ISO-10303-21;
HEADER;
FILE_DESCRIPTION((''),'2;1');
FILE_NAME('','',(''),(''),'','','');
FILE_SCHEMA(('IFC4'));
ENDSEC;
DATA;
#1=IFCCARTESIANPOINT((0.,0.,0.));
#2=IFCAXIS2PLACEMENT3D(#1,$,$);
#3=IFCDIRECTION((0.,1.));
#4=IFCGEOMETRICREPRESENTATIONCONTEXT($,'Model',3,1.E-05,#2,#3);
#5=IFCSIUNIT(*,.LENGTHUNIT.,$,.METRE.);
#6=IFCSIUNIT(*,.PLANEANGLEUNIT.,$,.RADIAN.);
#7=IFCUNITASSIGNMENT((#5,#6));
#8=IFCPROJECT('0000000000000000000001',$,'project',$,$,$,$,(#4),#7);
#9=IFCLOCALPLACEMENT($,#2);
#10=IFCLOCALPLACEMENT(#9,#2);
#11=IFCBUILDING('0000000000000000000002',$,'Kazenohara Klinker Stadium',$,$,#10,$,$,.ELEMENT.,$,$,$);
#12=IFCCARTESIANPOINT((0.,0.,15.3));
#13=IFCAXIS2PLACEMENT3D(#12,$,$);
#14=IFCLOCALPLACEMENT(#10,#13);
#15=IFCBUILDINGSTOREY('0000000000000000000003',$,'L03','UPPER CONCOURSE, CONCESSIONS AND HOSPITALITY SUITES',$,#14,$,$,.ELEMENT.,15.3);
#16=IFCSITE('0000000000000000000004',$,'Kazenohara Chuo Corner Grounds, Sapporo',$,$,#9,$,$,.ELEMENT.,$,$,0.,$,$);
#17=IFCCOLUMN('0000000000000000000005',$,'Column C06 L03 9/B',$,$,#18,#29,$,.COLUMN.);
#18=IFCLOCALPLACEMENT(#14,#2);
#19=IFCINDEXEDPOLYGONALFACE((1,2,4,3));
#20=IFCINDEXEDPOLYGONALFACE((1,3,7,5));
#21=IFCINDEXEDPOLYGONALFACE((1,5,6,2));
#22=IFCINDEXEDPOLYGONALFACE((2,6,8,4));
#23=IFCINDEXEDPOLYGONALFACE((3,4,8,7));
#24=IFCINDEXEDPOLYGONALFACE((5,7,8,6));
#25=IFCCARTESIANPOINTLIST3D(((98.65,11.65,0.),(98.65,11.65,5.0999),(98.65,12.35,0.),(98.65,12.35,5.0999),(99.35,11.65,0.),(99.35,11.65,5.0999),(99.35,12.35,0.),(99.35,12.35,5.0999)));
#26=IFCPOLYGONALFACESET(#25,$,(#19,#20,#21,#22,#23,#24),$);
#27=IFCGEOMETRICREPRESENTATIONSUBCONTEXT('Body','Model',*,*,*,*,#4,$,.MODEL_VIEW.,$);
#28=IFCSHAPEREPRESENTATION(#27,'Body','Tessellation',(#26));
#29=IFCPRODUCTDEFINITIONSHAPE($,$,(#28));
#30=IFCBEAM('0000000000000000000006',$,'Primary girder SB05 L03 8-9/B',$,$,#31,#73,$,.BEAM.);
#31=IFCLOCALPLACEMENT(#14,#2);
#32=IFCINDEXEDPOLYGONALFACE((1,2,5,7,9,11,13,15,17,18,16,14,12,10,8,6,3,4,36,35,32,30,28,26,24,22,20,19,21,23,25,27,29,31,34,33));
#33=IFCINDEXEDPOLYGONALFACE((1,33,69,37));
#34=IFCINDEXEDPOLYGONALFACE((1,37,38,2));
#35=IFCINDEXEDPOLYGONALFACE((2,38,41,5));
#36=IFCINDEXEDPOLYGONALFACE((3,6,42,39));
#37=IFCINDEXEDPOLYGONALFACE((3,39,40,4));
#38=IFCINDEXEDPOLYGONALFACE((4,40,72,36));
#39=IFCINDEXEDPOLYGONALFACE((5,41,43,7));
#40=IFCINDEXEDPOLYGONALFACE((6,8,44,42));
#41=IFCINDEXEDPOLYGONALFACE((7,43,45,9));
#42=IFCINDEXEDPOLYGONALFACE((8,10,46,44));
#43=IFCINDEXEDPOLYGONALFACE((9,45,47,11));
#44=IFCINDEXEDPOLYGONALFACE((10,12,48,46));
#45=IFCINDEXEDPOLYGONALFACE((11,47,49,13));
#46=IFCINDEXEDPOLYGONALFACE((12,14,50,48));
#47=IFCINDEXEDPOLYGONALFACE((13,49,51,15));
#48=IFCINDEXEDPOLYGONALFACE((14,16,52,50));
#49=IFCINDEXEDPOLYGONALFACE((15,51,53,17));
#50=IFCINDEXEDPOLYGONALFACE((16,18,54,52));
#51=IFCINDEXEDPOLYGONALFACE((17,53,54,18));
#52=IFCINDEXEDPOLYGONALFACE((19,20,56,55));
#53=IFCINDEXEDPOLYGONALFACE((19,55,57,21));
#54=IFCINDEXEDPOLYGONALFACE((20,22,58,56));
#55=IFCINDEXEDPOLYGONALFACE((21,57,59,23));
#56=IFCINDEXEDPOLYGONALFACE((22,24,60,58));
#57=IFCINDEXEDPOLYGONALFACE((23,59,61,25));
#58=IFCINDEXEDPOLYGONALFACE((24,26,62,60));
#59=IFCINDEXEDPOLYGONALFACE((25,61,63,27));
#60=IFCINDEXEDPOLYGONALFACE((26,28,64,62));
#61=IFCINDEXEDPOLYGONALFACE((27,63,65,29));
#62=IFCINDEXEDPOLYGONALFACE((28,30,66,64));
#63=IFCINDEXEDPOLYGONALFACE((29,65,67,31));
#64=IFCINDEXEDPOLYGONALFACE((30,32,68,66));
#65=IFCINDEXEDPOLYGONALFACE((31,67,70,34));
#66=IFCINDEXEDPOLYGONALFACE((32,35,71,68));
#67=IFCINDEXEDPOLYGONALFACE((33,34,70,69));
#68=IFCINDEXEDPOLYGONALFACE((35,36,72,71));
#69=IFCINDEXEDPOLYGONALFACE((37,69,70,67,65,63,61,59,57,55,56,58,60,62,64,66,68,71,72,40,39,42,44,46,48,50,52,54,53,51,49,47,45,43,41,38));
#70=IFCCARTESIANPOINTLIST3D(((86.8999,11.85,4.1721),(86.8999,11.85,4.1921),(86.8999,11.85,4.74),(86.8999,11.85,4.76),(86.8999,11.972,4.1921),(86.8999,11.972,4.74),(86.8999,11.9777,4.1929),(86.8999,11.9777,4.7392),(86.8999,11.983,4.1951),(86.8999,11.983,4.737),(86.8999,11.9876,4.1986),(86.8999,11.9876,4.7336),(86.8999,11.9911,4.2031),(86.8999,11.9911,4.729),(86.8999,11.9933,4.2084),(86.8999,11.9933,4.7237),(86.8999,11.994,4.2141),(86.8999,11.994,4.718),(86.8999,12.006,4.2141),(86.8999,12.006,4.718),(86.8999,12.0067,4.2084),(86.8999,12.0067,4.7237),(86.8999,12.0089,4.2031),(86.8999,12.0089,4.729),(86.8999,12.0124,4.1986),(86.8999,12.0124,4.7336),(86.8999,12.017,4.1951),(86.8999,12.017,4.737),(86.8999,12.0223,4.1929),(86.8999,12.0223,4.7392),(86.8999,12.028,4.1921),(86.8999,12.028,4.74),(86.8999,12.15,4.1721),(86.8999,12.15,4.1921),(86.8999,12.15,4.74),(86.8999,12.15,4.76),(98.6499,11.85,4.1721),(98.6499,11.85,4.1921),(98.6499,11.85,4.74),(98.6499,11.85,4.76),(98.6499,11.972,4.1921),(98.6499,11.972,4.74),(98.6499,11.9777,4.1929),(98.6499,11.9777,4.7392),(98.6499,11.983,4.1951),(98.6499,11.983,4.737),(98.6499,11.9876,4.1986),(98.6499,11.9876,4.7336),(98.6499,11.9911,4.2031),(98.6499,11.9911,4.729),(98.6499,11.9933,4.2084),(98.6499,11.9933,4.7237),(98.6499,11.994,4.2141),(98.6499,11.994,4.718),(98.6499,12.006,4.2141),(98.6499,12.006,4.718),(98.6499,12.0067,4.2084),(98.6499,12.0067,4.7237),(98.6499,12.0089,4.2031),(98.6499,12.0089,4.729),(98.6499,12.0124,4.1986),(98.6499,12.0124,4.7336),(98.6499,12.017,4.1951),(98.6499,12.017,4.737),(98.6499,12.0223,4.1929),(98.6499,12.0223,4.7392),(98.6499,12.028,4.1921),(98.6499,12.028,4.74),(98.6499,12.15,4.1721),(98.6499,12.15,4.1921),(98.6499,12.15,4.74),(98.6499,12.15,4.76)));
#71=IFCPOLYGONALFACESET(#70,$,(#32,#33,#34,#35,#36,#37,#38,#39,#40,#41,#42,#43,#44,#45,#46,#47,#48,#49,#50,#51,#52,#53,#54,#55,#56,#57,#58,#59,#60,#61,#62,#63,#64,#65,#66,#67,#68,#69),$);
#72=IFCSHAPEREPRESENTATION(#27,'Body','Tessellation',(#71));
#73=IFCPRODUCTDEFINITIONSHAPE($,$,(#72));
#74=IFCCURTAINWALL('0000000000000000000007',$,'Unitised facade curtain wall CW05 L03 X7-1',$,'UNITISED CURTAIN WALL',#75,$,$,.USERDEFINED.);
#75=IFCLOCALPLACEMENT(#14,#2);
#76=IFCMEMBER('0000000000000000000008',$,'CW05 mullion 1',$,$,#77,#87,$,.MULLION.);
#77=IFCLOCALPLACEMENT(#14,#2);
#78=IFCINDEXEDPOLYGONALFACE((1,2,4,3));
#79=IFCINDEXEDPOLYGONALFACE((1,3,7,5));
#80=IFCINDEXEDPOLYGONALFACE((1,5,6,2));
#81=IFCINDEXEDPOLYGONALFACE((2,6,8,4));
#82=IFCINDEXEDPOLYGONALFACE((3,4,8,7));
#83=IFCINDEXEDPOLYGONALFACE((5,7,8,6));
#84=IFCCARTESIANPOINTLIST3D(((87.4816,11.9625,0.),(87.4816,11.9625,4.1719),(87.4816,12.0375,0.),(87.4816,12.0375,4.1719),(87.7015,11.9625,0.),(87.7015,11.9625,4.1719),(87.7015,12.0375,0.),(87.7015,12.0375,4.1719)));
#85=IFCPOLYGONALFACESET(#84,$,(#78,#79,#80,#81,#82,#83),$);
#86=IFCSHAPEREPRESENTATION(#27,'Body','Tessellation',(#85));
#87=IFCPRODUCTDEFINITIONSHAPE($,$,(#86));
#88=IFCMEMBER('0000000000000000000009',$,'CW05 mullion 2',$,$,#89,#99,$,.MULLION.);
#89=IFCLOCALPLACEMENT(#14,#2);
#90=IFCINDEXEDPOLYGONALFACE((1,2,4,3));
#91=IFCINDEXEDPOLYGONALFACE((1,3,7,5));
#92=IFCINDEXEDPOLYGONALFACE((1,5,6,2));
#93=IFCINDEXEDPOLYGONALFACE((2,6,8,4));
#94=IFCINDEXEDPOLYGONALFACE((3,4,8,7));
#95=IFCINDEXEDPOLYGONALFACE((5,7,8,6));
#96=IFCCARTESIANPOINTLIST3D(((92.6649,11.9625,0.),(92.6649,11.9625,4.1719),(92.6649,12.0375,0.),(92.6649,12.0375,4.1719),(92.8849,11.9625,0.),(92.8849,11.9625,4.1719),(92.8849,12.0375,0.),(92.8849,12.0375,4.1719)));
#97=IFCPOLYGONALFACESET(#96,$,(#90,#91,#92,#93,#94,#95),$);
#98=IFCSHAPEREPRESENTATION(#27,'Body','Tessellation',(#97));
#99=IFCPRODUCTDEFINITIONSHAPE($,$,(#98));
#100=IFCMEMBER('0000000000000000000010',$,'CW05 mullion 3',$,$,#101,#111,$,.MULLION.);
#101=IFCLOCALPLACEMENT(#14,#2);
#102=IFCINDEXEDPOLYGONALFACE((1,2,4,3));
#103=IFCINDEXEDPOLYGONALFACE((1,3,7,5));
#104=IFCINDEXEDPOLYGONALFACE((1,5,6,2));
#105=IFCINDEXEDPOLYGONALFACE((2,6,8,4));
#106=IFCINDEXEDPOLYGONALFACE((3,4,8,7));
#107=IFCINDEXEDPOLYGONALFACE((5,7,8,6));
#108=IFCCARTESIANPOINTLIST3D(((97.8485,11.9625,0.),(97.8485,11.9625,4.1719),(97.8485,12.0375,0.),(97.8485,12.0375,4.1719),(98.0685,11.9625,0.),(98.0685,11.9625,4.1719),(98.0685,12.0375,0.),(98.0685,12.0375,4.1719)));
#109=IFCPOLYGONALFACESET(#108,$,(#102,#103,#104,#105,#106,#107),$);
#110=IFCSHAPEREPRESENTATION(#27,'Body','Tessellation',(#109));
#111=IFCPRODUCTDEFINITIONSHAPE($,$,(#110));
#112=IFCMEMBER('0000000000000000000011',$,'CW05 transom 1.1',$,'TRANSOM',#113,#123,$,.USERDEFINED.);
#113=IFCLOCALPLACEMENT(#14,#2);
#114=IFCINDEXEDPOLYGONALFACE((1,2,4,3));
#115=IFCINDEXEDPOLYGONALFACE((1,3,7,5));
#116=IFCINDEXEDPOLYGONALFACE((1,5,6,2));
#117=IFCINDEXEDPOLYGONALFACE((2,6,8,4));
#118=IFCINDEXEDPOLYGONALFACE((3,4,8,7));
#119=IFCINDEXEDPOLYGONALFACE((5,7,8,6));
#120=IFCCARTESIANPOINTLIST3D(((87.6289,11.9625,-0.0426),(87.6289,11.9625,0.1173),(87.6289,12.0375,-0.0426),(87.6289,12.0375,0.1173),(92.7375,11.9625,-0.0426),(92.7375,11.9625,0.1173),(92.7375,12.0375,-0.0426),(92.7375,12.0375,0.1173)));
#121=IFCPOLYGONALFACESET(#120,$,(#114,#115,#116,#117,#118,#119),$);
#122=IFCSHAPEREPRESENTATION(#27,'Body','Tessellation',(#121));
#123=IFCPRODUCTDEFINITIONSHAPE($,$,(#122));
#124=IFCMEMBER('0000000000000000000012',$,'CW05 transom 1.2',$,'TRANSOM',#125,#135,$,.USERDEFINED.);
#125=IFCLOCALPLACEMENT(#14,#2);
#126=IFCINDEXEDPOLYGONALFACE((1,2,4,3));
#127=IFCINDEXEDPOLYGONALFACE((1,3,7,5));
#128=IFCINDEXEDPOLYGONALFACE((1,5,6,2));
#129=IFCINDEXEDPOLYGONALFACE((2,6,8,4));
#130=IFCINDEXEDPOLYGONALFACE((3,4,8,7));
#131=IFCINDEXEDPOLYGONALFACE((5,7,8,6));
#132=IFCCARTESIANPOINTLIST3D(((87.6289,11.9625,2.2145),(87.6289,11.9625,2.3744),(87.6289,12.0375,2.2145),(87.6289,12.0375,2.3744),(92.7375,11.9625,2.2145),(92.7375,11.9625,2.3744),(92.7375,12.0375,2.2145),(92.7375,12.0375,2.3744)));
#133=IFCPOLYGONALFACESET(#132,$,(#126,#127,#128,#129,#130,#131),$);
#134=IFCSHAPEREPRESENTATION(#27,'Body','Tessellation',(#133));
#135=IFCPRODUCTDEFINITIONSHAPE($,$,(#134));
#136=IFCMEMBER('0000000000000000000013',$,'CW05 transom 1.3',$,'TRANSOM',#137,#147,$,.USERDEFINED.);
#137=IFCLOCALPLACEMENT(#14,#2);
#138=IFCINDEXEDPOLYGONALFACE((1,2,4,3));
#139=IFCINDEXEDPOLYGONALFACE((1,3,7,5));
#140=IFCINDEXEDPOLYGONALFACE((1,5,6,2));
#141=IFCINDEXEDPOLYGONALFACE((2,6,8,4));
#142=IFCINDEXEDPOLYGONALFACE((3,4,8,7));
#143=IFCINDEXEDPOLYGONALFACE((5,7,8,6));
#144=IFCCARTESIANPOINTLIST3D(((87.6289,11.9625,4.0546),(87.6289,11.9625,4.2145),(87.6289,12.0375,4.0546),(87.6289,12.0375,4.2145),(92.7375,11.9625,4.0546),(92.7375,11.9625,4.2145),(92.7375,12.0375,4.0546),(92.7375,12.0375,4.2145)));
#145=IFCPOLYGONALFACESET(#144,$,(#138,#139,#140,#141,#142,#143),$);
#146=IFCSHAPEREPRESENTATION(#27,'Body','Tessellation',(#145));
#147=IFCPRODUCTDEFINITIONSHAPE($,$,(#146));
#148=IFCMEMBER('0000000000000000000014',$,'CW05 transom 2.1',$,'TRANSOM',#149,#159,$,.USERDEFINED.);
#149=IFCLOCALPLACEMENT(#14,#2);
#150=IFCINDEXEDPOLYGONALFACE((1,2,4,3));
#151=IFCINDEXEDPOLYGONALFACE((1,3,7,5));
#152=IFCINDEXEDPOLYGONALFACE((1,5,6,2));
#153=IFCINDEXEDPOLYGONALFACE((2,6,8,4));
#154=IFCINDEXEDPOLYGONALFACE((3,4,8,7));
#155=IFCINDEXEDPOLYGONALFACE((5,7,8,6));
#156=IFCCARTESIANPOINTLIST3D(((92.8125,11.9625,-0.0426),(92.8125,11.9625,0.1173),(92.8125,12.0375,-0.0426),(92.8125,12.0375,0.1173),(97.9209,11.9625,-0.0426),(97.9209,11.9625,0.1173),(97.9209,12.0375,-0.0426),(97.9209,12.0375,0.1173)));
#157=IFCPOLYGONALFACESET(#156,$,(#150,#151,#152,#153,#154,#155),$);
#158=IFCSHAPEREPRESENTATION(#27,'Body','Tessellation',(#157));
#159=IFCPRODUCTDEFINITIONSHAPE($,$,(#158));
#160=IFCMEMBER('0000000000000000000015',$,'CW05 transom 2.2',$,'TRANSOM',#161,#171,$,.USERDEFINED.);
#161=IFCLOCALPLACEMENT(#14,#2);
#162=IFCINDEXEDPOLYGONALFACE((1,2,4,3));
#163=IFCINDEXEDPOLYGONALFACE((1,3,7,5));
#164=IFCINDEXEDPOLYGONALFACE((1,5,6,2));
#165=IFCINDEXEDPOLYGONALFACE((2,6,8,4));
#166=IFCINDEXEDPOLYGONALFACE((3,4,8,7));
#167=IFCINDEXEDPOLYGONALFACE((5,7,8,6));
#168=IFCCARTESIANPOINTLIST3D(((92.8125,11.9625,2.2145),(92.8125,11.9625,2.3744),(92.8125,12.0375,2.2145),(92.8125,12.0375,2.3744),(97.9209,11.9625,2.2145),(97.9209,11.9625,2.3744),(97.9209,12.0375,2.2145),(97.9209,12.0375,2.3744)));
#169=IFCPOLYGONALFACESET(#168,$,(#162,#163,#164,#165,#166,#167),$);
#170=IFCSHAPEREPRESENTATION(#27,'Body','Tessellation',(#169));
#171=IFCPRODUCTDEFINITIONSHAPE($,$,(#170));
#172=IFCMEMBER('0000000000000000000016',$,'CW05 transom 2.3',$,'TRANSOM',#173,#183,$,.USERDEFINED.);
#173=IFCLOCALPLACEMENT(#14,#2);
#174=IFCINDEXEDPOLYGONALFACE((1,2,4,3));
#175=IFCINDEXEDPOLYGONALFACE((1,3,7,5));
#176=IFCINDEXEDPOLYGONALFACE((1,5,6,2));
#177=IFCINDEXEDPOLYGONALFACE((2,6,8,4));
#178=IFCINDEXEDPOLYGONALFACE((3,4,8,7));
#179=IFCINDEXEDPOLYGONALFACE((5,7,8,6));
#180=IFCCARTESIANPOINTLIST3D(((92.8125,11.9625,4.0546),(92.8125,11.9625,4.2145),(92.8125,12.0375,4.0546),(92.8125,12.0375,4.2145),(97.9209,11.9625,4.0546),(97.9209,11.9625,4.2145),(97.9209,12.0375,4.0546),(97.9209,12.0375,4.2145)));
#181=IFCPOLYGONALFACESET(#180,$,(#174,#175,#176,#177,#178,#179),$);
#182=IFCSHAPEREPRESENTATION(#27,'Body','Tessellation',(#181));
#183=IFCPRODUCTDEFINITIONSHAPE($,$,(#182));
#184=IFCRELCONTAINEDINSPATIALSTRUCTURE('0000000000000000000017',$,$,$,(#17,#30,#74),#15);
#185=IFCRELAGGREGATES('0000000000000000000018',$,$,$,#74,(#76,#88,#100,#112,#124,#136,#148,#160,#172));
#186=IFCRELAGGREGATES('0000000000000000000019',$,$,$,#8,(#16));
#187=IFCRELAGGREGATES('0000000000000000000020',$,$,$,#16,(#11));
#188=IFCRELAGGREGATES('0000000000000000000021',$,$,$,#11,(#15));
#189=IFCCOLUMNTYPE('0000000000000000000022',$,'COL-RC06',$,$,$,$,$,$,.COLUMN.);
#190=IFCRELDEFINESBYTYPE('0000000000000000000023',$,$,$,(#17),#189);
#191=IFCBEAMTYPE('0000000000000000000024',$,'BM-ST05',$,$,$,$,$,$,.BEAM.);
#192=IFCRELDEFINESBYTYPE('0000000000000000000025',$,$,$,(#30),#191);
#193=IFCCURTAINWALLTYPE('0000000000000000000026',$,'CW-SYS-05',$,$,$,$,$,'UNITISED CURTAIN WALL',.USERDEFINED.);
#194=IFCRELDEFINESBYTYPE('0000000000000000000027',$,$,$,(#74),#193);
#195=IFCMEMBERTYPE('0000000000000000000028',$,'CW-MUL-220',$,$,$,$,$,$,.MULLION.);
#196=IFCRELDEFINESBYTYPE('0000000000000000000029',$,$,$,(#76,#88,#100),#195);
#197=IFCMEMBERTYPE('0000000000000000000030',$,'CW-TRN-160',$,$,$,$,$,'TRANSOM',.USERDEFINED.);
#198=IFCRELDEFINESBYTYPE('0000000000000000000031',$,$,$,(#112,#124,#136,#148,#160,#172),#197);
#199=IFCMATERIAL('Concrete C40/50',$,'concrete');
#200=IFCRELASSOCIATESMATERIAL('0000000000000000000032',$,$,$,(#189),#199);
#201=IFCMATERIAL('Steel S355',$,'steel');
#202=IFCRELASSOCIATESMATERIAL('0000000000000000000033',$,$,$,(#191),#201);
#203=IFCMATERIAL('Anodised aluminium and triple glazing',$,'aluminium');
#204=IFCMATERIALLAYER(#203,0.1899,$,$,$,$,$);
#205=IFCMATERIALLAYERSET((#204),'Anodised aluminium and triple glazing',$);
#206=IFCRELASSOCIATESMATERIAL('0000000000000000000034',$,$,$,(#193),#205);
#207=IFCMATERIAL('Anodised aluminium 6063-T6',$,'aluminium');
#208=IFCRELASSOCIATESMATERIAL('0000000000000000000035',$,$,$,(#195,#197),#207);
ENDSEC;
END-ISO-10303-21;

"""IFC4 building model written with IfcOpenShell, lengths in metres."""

from ifc_helpers import new_model, si_unit, direction, frame, origin, origin_2d, place, context, subcontext, project, spatial, rectangle, i_section, extrude, material, layer, layer_set, material_profile, profile_set, type_object, element, aggregate, save


model = new_model("IFC4")

# Units and contexts
model_context = context("Model", 3, precision=1e-05, world=origin(), true_north=direction((0.0, 1.0)))
body_context = subcontext(model_context, "Body", "Model", "MODEL_VIEW")
ifc_project = project(units=[si_unit("LENGTHUNIT", "METRE"), si_unit("PLANEANGLEUNIT", "RADIAN")], contexts=[model_context])

# Site, building, storey
site_placement = place(None, origin())
site = spatial("IfcSite", under=ifc_project, at=site_placement, Name="Kazenohara Chuo Corner Grounds, Sapporo", CompositionType="ELEMENT", RefElevation=0.0)
building_placement = place(site_placement, origin())
building = spatial("IfcBuilding", under=site, at=building_placement, Name="Kazenohara Klinker Stadium", CompositionType="ELEMENT")
storey_placement = place(building_placement, frame((0.0, 0.0, 15.3)))
storey = spatial("IfcBuildingStorey", under=building, at=storey_placement, Name="L03", Description="UPPER CONCOURSE, CONCESSIONS AND HOSPITALITY SUITES", CompositionType="ELEMENT", Elevation=15.3)

# Column
ifc_material_1 = material(Name="Concrete C40/50", Category="concrete")
ifc_material_profile_1 = material_profile(ifc_material_1, rectangle(XDim=0.7, YDim=0.7, at=origin_2d()), Name="RC-COL-700x700")
ifc_profile_set_1 = profile_set([ifc_material_profile_1], Name="Concrete C40/50")
column_type = type_object("IfcColumnType", Name="COL-RC06", PredefinedType="COLUMN", material=ifc_profile_set_1)
column_placement = place(storey_placement, frame((99.0, 12.0, 0.0), z_axis=(0.0, 0.0, 1.0), x_axis=(1.0, 0.0, 0.0)))
element("IfcColumn", 1, at=column_placement, inside=storey, type_object=column_type, Name="Column C06 L03 9/B", PredefinedType="COLUMN", context=body_context, shape_type="SweptSolid", body=[
    extrude(rectangle(XDim=0.7, YDim=0.7, at=origin_2d()), origin(), (0.0, 0.0, 1.0), 5.0999),
])

# Beam
ifc_material_2 = material(Name="Steel S355", Category="steel")
ifc_material_profile_2 = material_profile(ifc_material_2, i_section(OverallWidth=0.3, OverallDepth=0.5879, WebThickness=0.012, FlangeThickness=0.02, FilletRadius=0.022, at=origin_2d()), Name="H-588x300x12x20")
ifc_profile_set_2 = profile_set([ifc_material_profile_2], Name="Steel S355")
beam_type = type_object("IfcBeamType", Name="BM-ST05", PredefinedType="BEAM", material=ifc_profile_set_2)
beam_placement = place(storey_placement, frame((86.8999, 12.0, 4.4661), z_axis=(1.0, 0.0, 0.0), x_axis=(0.0, 1.0, 0.0)))
element("IfcBeam", 2, at=beam_placement, inside=storey, type_object=beam_type, Name="Primary girder SB05 L03 8-9/B", PredefinedType="BEAM", context=body_context, shape_type="SweptSolid", body=[
    extrude(i_section(OverallWidth=0.3, OverallDepth=0.5879, WebThickness=0.012, FlangeThickness=0.02, FilletRadius=0.022, at=origin_2d()), origin(), (0.0, 0.0, 1.0), 11.75),
])

# Curtain wall, members
ifc_material_3 = material(Name="Anodised aluminium and triple glazing", Category="aluminium")
ifc_layer_1 = layer(ifc_material_3, 0.1899)
ifc_layer_set_1 = layer_set([ifc_layer_1], Name="Anodised aluminium and triple glazing")
curtain_wall_type = type_object("IfcCurtainWallType", Name="CW-SYS-05", ElementType="UNITISED CURTAIN WALL", PredefinedType="USERDEFINED", material=ifc_layer_set_1)
curtain_wall_placement = place(storey_placement, origin())
curtain_wall = element("IfcCurtainWall", 3, at=curtain_wall_placement, inside=storey, type_object=curtain_wall_type, Name="Unitised facade curtain wall CW05 L03 X7-1", ObjectType="UNITISED CURTAIN WALL", PredefinedType="USERDEFINED")
ifc_material_4 = material(Name="Anodised aluminium 6063-T6", Category="aluminium")
ifc_material_profile_3 = material_profile(ifc_material_4, rectangle(XDim=0.075, YDim=0.22, at=origin_2d()), Name="ALU-MUL-75x220")
ifc_profile_set_3 = profile_set([ifc_material_profile_3], Name="Anodised aluminium 6063-T6")
member_type_1 = type_object("IfcMemberType", Name="CW-MUL-220", PredefinedType="MULLION", material=ifc_profile_set_3)
member_1_placement = place(storey_placement, frame((87.5916, 12.0, 0.0), z_axis=(0.0, 0.0, 1.0), x_axis=(0.0, 1.0, 0.0)))
member_1 = element("IfcMember", 4, at=member_1_placement, type_object=member_type_1, Name="CW05 mullion 1", PredefinedType="MULLION", context=body_context, shape_type="SweptSolid", body=[
    extrude(rectangle(XDim=0.075, YDim=0.22, at=origin_2d()), origin(), (0.0, 0.0, 1.0), 4.1719),
])
member_2_placement = place(storey_placement, frame((92.7749, 12.0, 0.0), z_axis=(0.0, 0.0, 1.0), x_axis=(0.0, 1.0, 0.0)))
member_2 = element("IfcMember", 5, at=member_2_placement, type_object=member_type_1, Name="CW05 mullion 2", PredefinedType="MULLION", context=body_context, shape_type="SweptSolid", body=[
    extrude(rectangle(XDim=0.075, YDim=0.22, at=origin_2d()), origin(), (0.0, 0.0, 1.0), 4.1719),
])
member_3_placement = place(storey_placement, frame((97.9585, 12.0, 0.0), z_axis=(0.0, 0.0, 1.0), x_axis=(0.0, 1.0, 0.0)))
member_3 = element("IfcMember", 6, at=member_3_placement, type_object=member_type_1, Name="CW05 mullion 3", PredefinedType="MULLION", context=body_context, shape_type="SweptSolid", body=[
    extrude(rectangle(XDim=0.075, YDim=0.22, at=origin_2d()), origin(), (0.0, 0.0, 1.0), 4.1719),
])
ifc_material_profile_4 = material_profile(ifc_material_4, rectangle(XDim=0.075, YDim=0.1599, at=origin_2d()), Name="ALU-TRN-75x160")
ifc_profile_set_4 = profile_set([ifc_material_profile_4], Name="Anodised aluminium 6063-T6")
member_type_2 = type_object("IfcMemberType", Name="CW-TRN-160", ElementType="TRANSOM", PredefinedType="USERDEFINED", material=ifc_profile_set_4)
member_4_placement = place(storey_placement, frame((87.6289, 12.0, 0.0374), z_axis=(1.0, 0.0, 0.0), x_axis=(0.0, 1.0, 0.0)))
member_4 = element("IfcMember", 7, at=member_4_placement, type_object=member_type_2, Name="CW05 transom 1.1", ObjectType="TRANSOM", PredefinedType="USERDEFINED", context=body_context, shape_type="SweptSolid", body=[
    extrude(rectangle(XDim=0.075, YDim=0.1599, at=origin_2d()), origin(), (0.0, 0.0, 1.0), 5.1086),
])
member_5_placement = place(storey_placement, frame((87.6289, 12.0, 2.2944), z_axis=(1.0, 0.0, 0.0), x_axis=(0.0, 1.0, 0.0)))
member_5 = element("IfcMember", 8, at=member_5_placement, type_object=member_type_2, Name="CW05 transom 1.2", ObjectType="TRANSOM", PredefinedType="USERDEFINED", context=body_context, shape_type="SweptSolid", body=[
    extrude(rectangle(XDim=0.075, YDim=0.1599, at=origin_2d()), origin(), (0.0, 0.0, 1.0), 5.1086),
])
member_6_placement = place(storey_placement, frame((87.6289, 12.0, 4.1345), z_axis=(1.0, 0.0, 0.0), x_axis=(0.0, 1.0, 0.0)))
member_6 = element("IfcMember", 9, at=member_6_placement, type_object=member_type_2, Name="CW05 transom 1.3", ObjectType="TRANSOM", PredefinedType="USERDEFINED", context=body_context, shape_type="SweptSolid", body=[
    extrude(rectangle(XDim=0.075, YDim=0.1599, at=origin_2d()), origin(), (0.0, 0.0, 1.0), 5.1086),
])
member_7_placement = place(storey_placement, frame((92.8125, 12.0, 0.0374), z_axis=(1.0, 0.0, 0.0), x_axis=(0.0, 1.0, 0.0)))
member_7 = element("IfcMember", 10, at=member_7_placement, type_object=member_type_2, Name="CW05 transom 2.1", ObjectType="TRANSOM", PredefinedType="USERDEFINED", context=body_context, shape_type="SweptSolid", body=[
    extrude(rectangle(XDim=0.075, YDim=0.1599, at=origin_2d()), origin(), (0.0, 0.0, 1.0), 5.1084),
])
member_8_placement = place(storey_placement, frame((92.8125, 12.0, 2.2944), z_axis=(1.0, 0.0, 0.0), x_axis=(0.0, 1.0, 0.0)))
member_8 = element("IfcMember", 11, at=member_8_placement, type_object=member_type_2, Name="CW05 transom 2.2", ObjectType="TRANSOM", PredefinedType="USERDEFINED", context=body_context, shape_type="SweptSolid", body=[
    extrude(rectangle(XDim=0.075, YDim=0.1599, at=origin_2d()), origin(), (0.0, 0.0, 1.0), 5.1084),
])
member_9_placement = place(storey_placement, frame((92.8125, 12.0, 4.1345), z_axis=(1.0, 0.0, 0.0), x_axis=(0.0, 1.0, 0.0)))
member_9 = element("IfcMember", 12, at=member_9_placement, type_object=member_type_2, Name="CW05 transom 2.3", ObjectType="TRANSOM", PredefinedType="USERDEFINED", context=body_context, shape_type="SweptSolid", body=[
    extrude(rectangle(XDim=0.075, YDim=0.1599, at=origin_2d()), origin(), (0.0, 0.0, 1.0), 5.1084),
])
aggregate(curtain_wall, [member_1, member_2, member_3, member_4, member_5, member_6, member_7, member_8, member_9])

save(model, "model.ifc")
